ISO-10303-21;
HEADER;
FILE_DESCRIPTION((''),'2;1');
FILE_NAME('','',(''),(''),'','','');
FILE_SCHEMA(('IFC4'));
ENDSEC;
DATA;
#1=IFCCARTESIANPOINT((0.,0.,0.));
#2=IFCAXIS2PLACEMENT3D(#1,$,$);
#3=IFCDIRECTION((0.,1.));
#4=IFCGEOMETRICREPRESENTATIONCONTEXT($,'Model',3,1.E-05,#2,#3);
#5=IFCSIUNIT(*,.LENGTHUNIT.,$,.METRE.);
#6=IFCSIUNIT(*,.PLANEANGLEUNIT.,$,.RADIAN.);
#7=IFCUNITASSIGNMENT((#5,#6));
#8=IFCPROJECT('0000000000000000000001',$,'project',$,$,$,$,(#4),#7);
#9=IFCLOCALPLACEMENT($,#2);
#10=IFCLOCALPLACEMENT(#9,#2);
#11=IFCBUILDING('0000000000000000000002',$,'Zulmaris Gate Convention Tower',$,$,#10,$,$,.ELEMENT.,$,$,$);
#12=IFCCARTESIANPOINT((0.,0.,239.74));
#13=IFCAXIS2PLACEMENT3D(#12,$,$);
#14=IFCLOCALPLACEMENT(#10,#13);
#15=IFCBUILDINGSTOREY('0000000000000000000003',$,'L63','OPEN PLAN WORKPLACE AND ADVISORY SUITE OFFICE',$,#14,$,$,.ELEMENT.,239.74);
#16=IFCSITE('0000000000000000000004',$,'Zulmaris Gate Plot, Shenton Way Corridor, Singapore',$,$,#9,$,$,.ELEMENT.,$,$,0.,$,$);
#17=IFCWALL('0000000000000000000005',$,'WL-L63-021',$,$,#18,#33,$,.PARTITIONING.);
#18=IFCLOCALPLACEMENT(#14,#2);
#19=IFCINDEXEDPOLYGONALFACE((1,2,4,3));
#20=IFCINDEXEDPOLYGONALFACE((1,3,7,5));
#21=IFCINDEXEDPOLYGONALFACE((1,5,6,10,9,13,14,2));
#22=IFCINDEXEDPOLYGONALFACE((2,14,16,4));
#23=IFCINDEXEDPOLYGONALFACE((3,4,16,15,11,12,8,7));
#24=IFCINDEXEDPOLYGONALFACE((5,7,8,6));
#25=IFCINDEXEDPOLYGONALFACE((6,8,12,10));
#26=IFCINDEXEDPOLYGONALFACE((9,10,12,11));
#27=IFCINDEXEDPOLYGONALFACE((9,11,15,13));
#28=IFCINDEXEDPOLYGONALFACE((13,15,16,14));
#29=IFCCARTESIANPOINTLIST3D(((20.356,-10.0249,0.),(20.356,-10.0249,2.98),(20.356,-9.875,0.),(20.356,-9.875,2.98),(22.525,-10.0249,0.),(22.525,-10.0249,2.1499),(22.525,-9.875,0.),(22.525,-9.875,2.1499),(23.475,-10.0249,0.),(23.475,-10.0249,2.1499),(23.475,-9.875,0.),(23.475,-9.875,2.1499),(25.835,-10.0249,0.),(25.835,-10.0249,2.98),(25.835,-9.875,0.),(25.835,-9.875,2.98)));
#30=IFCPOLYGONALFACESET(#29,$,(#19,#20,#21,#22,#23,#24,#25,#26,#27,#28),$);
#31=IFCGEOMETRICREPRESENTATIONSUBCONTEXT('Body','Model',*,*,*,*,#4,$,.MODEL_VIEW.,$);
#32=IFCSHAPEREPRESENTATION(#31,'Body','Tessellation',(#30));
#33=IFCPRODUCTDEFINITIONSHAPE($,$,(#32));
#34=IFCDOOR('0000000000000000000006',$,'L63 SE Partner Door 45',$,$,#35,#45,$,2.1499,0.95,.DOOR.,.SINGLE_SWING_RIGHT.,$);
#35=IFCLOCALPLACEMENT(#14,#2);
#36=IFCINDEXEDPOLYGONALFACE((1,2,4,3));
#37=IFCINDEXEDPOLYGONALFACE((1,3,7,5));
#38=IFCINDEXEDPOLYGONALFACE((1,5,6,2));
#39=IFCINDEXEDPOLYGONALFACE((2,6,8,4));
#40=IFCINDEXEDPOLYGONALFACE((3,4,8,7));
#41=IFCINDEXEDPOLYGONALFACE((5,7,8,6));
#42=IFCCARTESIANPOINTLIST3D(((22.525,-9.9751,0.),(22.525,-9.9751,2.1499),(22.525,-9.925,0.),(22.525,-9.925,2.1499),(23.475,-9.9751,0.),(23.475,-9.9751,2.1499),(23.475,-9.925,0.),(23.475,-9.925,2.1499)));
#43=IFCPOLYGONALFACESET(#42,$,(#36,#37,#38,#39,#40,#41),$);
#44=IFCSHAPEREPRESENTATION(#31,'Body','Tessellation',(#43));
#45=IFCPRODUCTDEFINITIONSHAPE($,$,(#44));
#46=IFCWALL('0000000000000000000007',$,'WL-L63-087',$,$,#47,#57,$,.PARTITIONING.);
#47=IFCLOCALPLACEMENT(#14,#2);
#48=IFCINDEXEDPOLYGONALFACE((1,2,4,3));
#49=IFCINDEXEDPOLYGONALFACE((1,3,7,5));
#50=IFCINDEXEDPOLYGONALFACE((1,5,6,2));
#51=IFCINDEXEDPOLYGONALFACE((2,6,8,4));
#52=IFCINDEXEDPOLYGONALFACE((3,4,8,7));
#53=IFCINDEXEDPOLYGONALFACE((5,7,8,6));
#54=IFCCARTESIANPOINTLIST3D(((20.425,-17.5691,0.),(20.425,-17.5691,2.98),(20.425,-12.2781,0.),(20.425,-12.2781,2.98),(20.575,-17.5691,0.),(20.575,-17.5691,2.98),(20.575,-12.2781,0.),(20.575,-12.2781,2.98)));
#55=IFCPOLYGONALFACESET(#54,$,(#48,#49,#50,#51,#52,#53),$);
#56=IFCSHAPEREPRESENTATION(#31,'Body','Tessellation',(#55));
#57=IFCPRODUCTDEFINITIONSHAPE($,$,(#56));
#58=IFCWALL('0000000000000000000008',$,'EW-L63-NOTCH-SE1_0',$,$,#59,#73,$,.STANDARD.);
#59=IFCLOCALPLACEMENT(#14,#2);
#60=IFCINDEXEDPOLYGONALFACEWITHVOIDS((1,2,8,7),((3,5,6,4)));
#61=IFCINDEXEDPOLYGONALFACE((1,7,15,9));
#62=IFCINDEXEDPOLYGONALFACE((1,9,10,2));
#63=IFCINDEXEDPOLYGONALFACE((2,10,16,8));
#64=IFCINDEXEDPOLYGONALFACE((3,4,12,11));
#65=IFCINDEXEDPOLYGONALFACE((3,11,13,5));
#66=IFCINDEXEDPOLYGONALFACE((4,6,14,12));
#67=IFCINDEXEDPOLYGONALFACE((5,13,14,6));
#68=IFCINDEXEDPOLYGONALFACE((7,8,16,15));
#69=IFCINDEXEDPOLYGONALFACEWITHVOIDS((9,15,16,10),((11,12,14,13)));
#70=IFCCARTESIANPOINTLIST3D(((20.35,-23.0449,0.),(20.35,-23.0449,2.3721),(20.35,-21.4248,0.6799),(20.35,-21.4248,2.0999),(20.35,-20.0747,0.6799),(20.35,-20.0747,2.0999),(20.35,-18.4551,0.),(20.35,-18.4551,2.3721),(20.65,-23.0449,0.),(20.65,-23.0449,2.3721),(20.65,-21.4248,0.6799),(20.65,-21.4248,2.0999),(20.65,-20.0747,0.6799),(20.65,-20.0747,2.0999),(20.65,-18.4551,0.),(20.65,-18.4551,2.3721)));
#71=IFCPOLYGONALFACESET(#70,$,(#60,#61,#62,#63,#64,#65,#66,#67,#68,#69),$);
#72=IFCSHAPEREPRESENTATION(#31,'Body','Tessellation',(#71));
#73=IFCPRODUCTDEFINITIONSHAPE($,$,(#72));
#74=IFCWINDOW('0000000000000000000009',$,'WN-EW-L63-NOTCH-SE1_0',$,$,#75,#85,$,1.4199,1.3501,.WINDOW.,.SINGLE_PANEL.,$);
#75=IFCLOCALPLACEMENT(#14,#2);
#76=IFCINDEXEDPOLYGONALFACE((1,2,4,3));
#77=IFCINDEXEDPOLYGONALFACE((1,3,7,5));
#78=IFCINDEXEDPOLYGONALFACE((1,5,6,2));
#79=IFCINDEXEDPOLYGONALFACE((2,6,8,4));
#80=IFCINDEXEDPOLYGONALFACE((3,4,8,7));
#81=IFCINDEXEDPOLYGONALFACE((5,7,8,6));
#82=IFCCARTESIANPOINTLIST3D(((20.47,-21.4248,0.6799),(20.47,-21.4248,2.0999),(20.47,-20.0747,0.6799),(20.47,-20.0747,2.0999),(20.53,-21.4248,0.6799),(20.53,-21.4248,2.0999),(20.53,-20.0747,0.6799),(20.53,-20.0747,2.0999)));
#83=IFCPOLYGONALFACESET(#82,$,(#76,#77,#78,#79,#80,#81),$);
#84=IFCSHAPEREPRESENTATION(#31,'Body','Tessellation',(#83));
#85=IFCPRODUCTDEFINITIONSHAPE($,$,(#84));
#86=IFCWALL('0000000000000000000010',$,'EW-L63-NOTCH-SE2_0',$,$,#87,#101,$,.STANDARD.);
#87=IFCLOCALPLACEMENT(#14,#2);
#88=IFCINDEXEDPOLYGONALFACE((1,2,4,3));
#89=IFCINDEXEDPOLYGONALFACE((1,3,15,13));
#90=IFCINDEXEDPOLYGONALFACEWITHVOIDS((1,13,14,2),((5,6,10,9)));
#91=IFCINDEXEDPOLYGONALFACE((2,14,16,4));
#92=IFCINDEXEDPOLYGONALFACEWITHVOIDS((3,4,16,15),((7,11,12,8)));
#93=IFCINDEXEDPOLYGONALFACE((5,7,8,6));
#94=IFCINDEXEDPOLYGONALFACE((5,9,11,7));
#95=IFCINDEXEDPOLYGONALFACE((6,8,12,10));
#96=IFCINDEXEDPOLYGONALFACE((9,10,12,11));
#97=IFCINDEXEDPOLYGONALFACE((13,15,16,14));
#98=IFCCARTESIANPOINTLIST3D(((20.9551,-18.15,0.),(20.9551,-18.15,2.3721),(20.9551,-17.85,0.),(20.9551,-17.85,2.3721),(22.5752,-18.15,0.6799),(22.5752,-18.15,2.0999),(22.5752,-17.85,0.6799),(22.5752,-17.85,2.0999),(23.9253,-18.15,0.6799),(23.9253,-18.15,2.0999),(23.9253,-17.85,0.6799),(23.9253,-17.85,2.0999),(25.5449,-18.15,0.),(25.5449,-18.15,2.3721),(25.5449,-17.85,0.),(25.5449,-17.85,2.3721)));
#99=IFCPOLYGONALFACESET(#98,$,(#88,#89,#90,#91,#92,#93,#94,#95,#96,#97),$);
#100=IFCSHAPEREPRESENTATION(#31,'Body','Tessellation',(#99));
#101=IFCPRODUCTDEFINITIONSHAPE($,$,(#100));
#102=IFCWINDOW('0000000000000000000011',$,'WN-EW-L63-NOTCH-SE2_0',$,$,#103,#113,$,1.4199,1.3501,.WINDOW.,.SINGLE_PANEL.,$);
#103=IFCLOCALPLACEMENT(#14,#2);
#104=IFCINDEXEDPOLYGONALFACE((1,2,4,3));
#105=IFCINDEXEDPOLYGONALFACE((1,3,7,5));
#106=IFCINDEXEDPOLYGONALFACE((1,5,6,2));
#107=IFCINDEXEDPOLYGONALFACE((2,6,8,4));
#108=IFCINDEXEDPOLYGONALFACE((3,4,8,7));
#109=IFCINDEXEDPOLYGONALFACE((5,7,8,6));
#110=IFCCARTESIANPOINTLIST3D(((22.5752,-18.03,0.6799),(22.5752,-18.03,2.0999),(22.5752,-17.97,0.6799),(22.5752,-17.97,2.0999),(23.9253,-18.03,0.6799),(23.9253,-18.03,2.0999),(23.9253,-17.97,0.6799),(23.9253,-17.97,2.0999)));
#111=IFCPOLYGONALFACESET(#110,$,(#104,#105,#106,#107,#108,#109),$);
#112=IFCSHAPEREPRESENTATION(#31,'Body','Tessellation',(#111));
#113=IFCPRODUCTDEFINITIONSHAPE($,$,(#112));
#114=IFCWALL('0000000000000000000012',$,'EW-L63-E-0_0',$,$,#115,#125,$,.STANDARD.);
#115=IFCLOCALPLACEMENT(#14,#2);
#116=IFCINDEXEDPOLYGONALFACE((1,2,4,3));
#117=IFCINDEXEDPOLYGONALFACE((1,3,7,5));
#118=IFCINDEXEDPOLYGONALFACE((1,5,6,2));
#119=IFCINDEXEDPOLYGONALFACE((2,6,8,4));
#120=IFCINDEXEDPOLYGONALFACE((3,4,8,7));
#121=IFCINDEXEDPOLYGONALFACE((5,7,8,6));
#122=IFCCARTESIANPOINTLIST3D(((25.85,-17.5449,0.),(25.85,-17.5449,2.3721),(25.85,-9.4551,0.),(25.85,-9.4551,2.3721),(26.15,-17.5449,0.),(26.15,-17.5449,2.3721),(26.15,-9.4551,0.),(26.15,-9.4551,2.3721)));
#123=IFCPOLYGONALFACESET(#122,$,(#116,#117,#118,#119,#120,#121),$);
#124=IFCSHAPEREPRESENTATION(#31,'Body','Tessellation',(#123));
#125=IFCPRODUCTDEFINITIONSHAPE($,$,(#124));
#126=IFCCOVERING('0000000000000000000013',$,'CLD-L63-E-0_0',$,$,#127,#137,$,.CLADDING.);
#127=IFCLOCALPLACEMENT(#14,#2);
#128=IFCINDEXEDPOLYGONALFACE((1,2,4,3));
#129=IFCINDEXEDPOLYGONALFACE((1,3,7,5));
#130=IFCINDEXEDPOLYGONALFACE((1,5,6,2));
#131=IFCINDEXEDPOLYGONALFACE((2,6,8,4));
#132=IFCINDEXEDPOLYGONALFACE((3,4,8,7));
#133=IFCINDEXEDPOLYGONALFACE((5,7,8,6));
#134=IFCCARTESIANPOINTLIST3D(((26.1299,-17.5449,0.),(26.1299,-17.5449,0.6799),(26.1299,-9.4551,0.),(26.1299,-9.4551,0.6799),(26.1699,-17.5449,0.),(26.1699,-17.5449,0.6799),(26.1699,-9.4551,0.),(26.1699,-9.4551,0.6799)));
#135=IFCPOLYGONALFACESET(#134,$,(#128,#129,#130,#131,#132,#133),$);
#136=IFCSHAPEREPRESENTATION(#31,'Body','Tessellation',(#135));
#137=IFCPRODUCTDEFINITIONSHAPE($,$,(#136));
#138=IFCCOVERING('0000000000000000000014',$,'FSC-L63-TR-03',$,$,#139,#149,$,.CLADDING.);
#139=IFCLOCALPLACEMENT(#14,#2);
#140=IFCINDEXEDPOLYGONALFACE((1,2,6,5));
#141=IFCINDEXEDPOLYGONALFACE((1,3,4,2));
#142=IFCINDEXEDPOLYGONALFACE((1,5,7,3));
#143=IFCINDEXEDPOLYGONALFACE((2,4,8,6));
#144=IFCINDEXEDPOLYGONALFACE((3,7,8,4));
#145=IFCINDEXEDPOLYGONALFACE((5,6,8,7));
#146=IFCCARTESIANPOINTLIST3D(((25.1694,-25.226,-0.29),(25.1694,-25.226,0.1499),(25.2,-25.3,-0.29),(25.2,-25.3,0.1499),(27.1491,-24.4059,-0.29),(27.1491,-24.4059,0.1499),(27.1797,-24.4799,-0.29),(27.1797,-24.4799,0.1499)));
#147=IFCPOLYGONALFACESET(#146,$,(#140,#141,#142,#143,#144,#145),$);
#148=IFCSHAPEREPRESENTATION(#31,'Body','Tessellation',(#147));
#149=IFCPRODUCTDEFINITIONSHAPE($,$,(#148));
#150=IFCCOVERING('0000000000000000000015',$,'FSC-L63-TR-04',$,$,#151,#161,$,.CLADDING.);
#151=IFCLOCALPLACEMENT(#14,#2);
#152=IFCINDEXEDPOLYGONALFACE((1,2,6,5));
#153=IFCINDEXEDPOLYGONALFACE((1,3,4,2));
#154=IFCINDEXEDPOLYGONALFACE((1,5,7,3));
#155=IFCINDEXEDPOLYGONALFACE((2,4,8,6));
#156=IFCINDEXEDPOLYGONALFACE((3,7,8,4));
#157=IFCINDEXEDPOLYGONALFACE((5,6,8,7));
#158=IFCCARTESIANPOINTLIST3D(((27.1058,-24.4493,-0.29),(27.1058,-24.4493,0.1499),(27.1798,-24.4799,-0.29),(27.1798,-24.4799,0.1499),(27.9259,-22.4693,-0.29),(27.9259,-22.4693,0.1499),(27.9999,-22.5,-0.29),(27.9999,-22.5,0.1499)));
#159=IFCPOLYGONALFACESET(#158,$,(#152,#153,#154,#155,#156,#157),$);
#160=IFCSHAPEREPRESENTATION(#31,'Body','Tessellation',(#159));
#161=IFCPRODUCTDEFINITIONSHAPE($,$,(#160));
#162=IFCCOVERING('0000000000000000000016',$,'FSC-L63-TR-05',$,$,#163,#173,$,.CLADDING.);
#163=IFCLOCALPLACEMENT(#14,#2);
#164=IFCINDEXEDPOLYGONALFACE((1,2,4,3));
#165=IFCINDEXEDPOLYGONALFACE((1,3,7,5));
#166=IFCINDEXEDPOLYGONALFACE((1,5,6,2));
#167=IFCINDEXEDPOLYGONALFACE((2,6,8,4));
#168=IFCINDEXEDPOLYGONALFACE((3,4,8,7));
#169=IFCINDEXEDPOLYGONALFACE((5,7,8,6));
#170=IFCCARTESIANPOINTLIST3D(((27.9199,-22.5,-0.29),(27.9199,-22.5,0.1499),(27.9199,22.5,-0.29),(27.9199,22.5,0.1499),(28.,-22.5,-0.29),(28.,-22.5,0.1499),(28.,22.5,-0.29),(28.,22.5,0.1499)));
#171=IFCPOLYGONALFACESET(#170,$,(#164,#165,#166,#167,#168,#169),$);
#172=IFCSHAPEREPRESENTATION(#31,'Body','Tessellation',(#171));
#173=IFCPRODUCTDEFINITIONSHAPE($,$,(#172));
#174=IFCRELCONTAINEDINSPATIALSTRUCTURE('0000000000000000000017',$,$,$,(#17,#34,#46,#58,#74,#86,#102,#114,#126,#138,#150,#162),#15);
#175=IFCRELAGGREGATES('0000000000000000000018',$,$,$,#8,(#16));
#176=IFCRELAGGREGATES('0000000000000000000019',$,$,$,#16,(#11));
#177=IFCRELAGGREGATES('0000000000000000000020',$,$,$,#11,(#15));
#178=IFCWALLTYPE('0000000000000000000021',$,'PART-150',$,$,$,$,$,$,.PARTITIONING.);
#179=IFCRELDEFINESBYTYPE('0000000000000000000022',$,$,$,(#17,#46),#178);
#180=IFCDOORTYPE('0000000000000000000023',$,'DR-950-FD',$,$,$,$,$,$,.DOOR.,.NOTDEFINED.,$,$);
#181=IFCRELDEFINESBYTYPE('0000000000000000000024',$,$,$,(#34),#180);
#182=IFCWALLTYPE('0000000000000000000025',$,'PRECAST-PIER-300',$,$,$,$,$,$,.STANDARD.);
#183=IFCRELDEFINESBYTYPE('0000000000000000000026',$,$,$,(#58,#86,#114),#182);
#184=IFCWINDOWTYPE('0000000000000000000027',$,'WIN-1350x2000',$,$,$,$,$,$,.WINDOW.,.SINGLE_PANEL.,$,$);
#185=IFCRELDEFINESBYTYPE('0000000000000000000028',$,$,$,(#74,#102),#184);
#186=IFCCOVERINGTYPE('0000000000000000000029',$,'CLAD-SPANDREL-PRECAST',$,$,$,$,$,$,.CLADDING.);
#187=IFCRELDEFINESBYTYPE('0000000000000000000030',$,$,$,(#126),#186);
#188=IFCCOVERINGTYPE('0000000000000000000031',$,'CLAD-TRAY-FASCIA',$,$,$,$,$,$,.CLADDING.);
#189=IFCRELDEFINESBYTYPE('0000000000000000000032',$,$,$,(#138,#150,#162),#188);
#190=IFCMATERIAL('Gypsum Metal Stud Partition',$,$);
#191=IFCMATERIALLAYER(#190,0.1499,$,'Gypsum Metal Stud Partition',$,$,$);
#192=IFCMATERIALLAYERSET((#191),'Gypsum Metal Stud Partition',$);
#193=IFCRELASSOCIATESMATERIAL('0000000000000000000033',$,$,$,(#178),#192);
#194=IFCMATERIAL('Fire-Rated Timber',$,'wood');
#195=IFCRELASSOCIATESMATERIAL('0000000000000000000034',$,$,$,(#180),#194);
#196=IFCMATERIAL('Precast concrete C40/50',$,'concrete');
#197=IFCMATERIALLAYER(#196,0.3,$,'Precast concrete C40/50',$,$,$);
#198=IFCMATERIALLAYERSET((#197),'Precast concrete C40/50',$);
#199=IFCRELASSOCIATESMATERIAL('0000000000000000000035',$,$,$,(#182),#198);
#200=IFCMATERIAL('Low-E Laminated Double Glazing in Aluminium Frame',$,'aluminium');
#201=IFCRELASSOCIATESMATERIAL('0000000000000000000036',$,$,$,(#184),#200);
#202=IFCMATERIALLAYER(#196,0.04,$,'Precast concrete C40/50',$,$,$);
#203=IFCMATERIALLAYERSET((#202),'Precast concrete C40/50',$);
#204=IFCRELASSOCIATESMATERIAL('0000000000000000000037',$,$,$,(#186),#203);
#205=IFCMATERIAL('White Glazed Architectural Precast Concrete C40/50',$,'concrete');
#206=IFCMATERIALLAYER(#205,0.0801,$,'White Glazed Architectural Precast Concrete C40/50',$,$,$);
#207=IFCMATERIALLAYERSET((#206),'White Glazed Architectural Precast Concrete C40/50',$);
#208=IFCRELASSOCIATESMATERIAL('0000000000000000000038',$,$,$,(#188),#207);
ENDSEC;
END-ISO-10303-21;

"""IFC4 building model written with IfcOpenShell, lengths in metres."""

from ifc_helpers import new_model, si_unit, direction, frame, frame_2d, origin, place, context, subcontext, project, spatial, rectangle, extrude, material, layer, layer_set, type_object, element, fill, save


model = new_model("IFC4")

# Units and contexts
model_context = context("Model", 3, precision=1e-05, world=origin(), true_north=direction((0.0, 1.0)))
body_context = subcontext(model_context, "Body", "Model", "MODEL_VIEW")
ifc_project = project(units=[si_unit("LENGTHUNIT", "METRE"), si_unit("PLANEANGLEUNIT", "RADIAN")], contexts=[model_context])

# Site, building, storey
site_placement = place(None, origin())
site = spatial("IfcSite", under=ifc_project, at=site_placement, Name="Zulmaris Gate Plot, Shenton Way Corridor, Singapore", CompositionType="ELEMENT", RefElevation=0.0)
building_placement = place(site_placement, origin())
building = spatial("IfcBuilding", under=site, at=building_placement, Name="Zulmaris Gate Convention Tower", CompositionType="ELEMENT")
storey_placement = place(building_placement, frame((0.0, 0.0, 239.74)))
storey = spatial("IfcBuildingStorey", under=building, at=storey_placement, Name="L63", Description="OPEN PLAN WORKPLACE AND ADVISORY SUITE OFFICE", CompositionType="ELEMENT", Elevation=239.74)

# Shared definitions
ifc_material_1 = material(Name="Fire-Rated Timber", Category="wood")

# Wall, opening, door
ifc_material_2 = material(Name="Gypsum Metal Stud Partition")
ifc_layer_1 = layer(ifc_material_2, 0.1499, Name="Gypsum Metal Stud Partition")
ifc_layer_set_1 = layer_set([ifc_layer_1], Name="Gypsum Metal Stud Partition")
wall_type_1 = type_object("IfcWallType", Name="PART-150", PredefinedType="PARTITIONING", material=ifc_layer_set_1)
wall_1_placement = place(storey_placement, frame((20.356, -9.95, 0.0), z_axis=(0.0, 0.0, 1.0), x_axis=(1.0, 0.0, 0.0)))
wall_1 = element("IfcWall", 1, at=wall_1_placement, inside=storey, type_object=wall_type_1, Name="WL-L63-021", PredefinedType="PARTITIONING", context=body_context, shape_type="SweptSolid", body=[
    extrude(rectangle(XDim=5.479, YDim=0.1499, at=frame_2d((2.7395, 0.0))), origin(), (0.0, 0.0, 1.0), 2.98),
])
opening_1_placement = place(wall_1_placement, frame((2.1689, 0.0, 0.0)))
opening_1 = element("IfcOpeningElement", 2, at=opening_1_placement, cuts=wall_1, PredefinedType="OPENING", context=body_context, shape_type="SweptSolid", body=[
    extrude(rectangle(XDim=0.95, YDim=2.1499, at=frame_2d((0.4751, 1.075))), frame((0.0, 0.085, 0.0), z_axis=(0.0, -1.0, 0.0), x_axis=(1.0, 0.0, 0.0)), (0.0, 0.0, 1.0), 0.1699),
])
door_type_1 = type_object("IfcDoorType", Name="DR-950-FD", OperationType="NOTDEFINED", PredefinedType="DOOR", material=ifc_material_1)
door_1_placement = place(opening_1_placement, origin())
door_1 = element("IfcDoor", 3, at=door_1_placement, inside=storey, type_object=door_type_1, Name="L63 SE Partner Door 45", OperationType="SINGLE_SWING_RIGHT", OverallHeight=2.1499, OverallWidth=0.95, PredefinedType="DOOR", context=body_context, shape_type="SweptSolid", body=[
    extrude(rectangle(XDim=0.95, YDim=2.1499, at=frame_2d((0.4751, 1.075))), frame((0.0, 0.0249, 0.0), z_axis=(0.0, -1.0, 0.0), x_axis=(1.0, 0.0, 0.0)), (0.0, 0.0, 1.0), 0.05),
])
fill(opening_1, door_1)

# Wall
wall_2_placement = place(storey_placement, frame((20.5, -17.5691, 0.0), z_axis=(0.0, 0.0, 1.0), x_axis=(0.0, 1.0, 0.0)))
element("IfcWall", 4, at=wall_2_placement, inside=storey, type_object=wall_type_1, Name="WL-L63-087", PredefinedType="PARTITIONING", context=body_context, shape_type="SweptSolid", body=[
    extrude(rectangle(XDim=5.291, YDim=0.1499, at=frame_2d((2.6455, 0.0))), origin(), (0.0, 0.0, 1.0), 2.98),
])

# Walls, openings, windows
ifc_material_3 = material(Name="Precast concrete C40/50", Category="concrete")
ifc_layer_2 = layer(ifc_material_3, 0.3, Name="Precast concrete C40/50")
ifc_layer_set_2 = layer_set([ifc_layer_2], Name="Precast concrete C40/50")
wall_type_2 = type_object("IfcWallType", Name="PRECAST-PIER-300", PredefinedType="STANDARD", material=ifc_layer_set_2)
wall_3_placement = place(storey_placement, frame((20.5, -23.0449, 0.0), z_axis=(0.0, 0.0, 1.0), x_axis=(0.0, 1.0, 0.0)))
wall_3 = element("IfcWall", 5, at=wall_3_placement, inside=storey, type_object=wall_type_2, Name="EW-L63-NOTCH-SE1_0", PredefinedType="STANDARD", context=body_context, shape_type="SweptSolid", body=[
    extrude(rectangle(XDim=4.5898, YDim=0.3, at=frame_2d((2.2949, 0.0))), origin(), (0.0, 0.0, 1.0), 2.3721),
])
opening_2_placement = place(wall_3_placement, frame((1.6201, 0.0, 0.6799)))
opening_2 = element("IfcOpeningElement", 6, at=opening_2_placement, cuts=wall_3, PredefinedType="OPENING", context=body_context, shape_type="SweptSolid", body=[
    extrude(rectangle(XDim=1.3501, YDim=1.4199, at=frame_2d((0.675, 0.71))), frame((0.0, 0.1602, 0.0), z_axis=(0.0, -1.0, 0.0), x_axis=(1.0, 0.0, 0.0)), (0.0, 0.0, 1.0), 0.3201),
])
ifc_material_4 = material(Name="Low-E Laminated Double Glazing in Aluminium Frame", Category="aluminium")
window_type = type_object("IfcWindowType", Name="WIN-1350x2000", PartitioningType="SINGLE_PANEL", PredefinedType="WINDOW", material=ifc_material_4)
window_1_placement = place(opening_2_placement, origin())
window_1 = element("IfcWindow", 7, at=window_1_placement, inside=storey, type_object=window_type, Name="WN-EW-L63-NOTCH-SE1_0", OverallHeight=1.4199, OverallWidth=1.3501, PartitioningType="SINGLE_PANEL", PredefinedType="WINDOW", context=body_context, shape_type="SweptSolid", body=[
    extrude(rectangle(XDim=1.3501, YDim=1.4199, at=frame_2d((0.675, 0.71))), frame((0.0, 0.03, 0.0), z_axis=(0.0, -1.0, 0.0), x_axis=(1.0, 0.0, 0.0)), (0.0, 0.0, 1.0), 0.0601),
])
fill(opening_2, window_1)
wall_4_placement = place(storey_placement, frame((20.9551, -18.0, 0.0), z_axis=(0.0, 0.0, 1.0), x_axis=(1.0, 0.0, 0.0)))
wall_4 = element("IfcWall", 8, at=wall_4_placement, inside=storey, type_object=wall_type_2, Name="EW-L63-NOTCH-SE2_0", PredefinedType="STANDARD", context=body_context, shape_type="SweptSolid", body=[
    extrude(rectangle(XDim=4.5898, YDim=0.3, at=frame_2d((2.2949, 0.0))), origin(), (0.0, 0.0, 1.0), 2.3721),
])
opening_3_placement = place(wall_4_placement, frame((1.6201, 0.0, 0.6799)))
opening_3 = element("IfcOpeningElement", 9, at=opening_3_placement, cuts=wall_4, PredefinedType="OPENING", context=body_context, shape_type="SweptSolid", body=[
    extrude(rectangle(XDim=1.3501, YDim=1.4199, at=frame_2d((0.675, 0.71))), frame((0.0, 0.1602, 0.0), z_axis=(0.0, -1.0, 0.0), x_axis=(1.0, 0.0, 0.0)), (0.0, 0.0, 1.0), 0.3201),
])
window_2_placement = place(opening_3_placement, origin())
window_2 = element("IfcWindow", 10, at=window_2_placement, inside=storey, type_object=window_type, Name="WN-EW-L63-NOTCH-SE2_0", OverallHeight=1.4199, OverallWidth=1.3501, PartitioningType="SINGLE_PANEL", PredefinedType="WINDOW", context=body_context, shape_type="SweptSolid", body=[
    extrude(rectangle(XDim=1.3501, YDim=1.4199, at=frame_2d((0.675, 0.71))), frame((0.0, 0.03, 0.0), z_axis=(0.0, -1.0, 0.0), x_axis=(1.0, 0.0, 0.0)), (0.0, 0.0, 1.0), 0.0601),
])
fill(opening_3, window_2)

# Wall
wall_5_placement = place(storey_placement, frame((26.0, -17.5449, 0.0), z_axis=(0.0, 0.0, 1.0), x_axis=(0.0, 1.0, 0.0)))
element("IfcWall", 11, at=wall_5_placement, inside=storey, type_object=wall_type_2, Name="EW-L63-E-0_0", PredefinedType="STANDARD", context=body_context, shape_type="SweptSolid", body=[
    extrude(rectangle(XDim=8.0898, YDim=0.3, at=frame_2d((4.0449, 0.0))), origin(), (0.0, 0.0, 1.0), 2.3721),
])

# Coverings
ifc_layer_3 = layer(ifc_material_3, 0.04, Name="Precast concrete C40/50")
ifc_layer_set_3 = layer_set([ifc_layer_3], Name="Precast concrete C40/50")
covering_type_1 = type_object("IfcCoveringType", Name="CLAD-SPANDREL-PRECAST", PredefinedType="CLADDING", material=ifc_layer_set_3)
covering_1_placement = place(storey_placement, frame((26.1499, -17.5449, 0.0), z_axis=(0.0, 0.0, 1.0), x_axis=(0.0, 1.0, 0.0)))
element("IfcCovering", 12, at=covering_1_placement, inside=storey, type_object=covering_type_1, Name="CLD-L63-E-0_0", PredefinedType="CLADDING", context=body_context, shape_type="SweptSolid", body=[
    extrude(rectangle(XDim=8.0898, YDim=0.04, at=frame_2d((4.0449, 0.0))), origin(), (0.0, 0.0, 1.0), 0.6799),
])
ifc_material_5 = material(Name="White Glazed Architectural Precast Concrete C40/50", Category="concrete")
ifc_layer_4 = layer(ifc_material_5, 0.0801, Name="White Glazed Architectural Precast Concrete C40/50")
ifc_layer_set_4 = layer_set([ifc_layer_4], Name="White Glazed Architectural Precast Concrete C40/50")
covering_type_2 = type_object("IfcCoveringType", Name="CLAD-TRAY-FASCIA", PredefinedType="CLADDING", material=ifc_layer_set_4)
covering_2_placement = place(storey_placement, frame((25.1848, -25.2629, -0.29), z_axis=(0.0, 0.0, 1.0), x_axis=(0.923874, 0.382697, 0.0)))
element("IfcCovering", 13, at=covering_2_placement, inside=storey, type_object=covering_type_2, Name="FSC-L63-TR-03", PredefinedType="CLADDING", context=body_context, shape_type="SweptSolid", body=[
    extrude(rectangle(XDim=2.1428, YDim=0.0801, at=frame_2d((1.0713, 0.0))), origin(), (0.0, 0.0, 1.0), 0.4399),
])
covering_3_placement = place(storey_placement, frame((27.1428, -24.4646, -0.29), z_axis=(0.0, 0.0, 1.0), x_axis=(0.382657, 0.92389, 0.0)))
element("IfcCovering", 14, at=covering_3_placement, inside=storey, type_object=covering_type_2, Name="FSC-L63-TR-04", PredefinedType="CLADDING", context=body_context, shape_type="SweptSolid", body=[
    extrude(rectangle(XDim=2.1431, YDim=0.0801, at=frame_2d((1.0715, 0.0))), origin(), (0.0, 0.0, 1.0), 0.4399),
])
covering_4_placement = place(storey_placement, frame((27.96, -22.5, -0.29), z_axis=(0.0, 0.0, 1.0), x_axis=(0.0, 1.0, 0.0)))
element("IfcCovering", 15, at=covering_4_placement, inside=storey, type_object=covering_type_2, Name="FSC-L63-TR-05", PredefinedType="CLADDING", context=body_context, shape_type="SweptSolid", body=[
    extrude(rectangle(XDim=45.0, YDim=0.0801, at=frame_2d((22.5, 0.0))), origin(), (0.0, 0.0, 1.0), 0.4399),
])

save(model, "model.ifc")
